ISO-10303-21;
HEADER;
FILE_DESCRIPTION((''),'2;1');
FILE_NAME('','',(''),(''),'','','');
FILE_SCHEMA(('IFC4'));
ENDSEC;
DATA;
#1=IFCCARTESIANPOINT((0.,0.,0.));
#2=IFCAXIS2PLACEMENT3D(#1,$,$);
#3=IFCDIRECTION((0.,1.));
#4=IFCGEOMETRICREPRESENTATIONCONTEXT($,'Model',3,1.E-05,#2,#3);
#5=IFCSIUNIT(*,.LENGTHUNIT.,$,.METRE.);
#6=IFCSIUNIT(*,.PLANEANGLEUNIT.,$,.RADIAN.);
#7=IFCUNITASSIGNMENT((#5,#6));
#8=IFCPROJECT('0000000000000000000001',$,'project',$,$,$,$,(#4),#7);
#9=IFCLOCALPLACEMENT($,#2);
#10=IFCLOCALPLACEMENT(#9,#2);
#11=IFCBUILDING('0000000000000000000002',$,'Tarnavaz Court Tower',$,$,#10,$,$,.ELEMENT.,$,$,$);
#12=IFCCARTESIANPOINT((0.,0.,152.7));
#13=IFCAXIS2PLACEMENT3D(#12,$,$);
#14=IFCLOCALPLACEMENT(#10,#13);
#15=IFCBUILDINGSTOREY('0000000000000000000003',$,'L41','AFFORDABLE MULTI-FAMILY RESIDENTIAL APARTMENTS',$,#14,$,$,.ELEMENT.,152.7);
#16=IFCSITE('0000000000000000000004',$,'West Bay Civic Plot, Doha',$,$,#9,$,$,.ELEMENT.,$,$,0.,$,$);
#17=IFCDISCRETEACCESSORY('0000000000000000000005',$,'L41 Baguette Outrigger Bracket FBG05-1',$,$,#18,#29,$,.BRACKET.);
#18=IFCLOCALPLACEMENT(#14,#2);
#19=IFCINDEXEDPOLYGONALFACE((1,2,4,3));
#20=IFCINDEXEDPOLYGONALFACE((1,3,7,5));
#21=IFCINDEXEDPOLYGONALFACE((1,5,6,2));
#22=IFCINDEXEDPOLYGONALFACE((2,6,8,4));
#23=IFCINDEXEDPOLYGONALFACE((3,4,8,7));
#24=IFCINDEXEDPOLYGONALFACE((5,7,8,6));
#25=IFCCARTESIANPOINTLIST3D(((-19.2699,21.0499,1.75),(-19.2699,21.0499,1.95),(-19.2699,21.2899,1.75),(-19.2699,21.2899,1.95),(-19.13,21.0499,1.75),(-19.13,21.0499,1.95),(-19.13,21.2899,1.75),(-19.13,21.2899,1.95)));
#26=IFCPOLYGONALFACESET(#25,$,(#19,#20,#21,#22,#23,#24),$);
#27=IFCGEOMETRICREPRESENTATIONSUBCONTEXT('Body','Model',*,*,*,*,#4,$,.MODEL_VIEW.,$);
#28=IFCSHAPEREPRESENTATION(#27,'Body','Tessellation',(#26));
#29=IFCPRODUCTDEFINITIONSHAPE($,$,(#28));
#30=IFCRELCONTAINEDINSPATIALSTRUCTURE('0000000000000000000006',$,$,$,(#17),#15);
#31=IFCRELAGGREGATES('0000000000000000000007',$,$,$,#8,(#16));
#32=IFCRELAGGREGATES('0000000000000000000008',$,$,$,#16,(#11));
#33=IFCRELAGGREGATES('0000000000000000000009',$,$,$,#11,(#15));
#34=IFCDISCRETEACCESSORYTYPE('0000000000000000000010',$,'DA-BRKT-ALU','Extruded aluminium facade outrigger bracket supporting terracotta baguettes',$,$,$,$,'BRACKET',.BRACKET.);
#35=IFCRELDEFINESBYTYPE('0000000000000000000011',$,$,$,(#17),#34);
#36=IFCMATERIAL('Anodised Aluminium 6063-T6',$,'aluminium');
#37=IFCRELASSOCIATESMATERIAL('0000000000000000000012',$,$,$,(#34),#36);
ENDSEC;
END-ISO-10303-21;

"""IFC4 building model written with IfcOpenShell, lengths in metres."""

from ifc_helpers import new_model, si_unit, direction, frame, origin, origin_2d, place, context, subcontext, project, spatial, rectangle, extrude, material, type_object, element, save


model = new_model("IFC4")

# Units and contexts
model_context = context("Model", 3, precision=1e-05, world=origin(), true_north=direction((0.0, 1.0)))
body_context = subcontext(model_context, "Body", "Model", "MODEL_VIEW")
ifc_project = project(units=[si_unit("LENGTHUNIT", "METRE"), si_unit("PLANEANGLEUNIT", "RADIAN")], contexts=[model_context])

# Site, building, storey
site_placement = place(None, origin())
site = spatial("IfcSite", under=ifc_project, at=site_placement, Name="West Bay Civic Plot, Doha", CompositionType="ELEMENT", RefElevation=0.0)
building_placement = place(site_placement, origin())
building = spatial("IfcBuilding", under=site, at=building_placement, Name="Tarnavaz Court Tower", CompositionType="ELEMENT")
storey_placement = place(building_placement, frame((0.0, 0.0, 152.7)))
storey = spatial("IfcBuildingStorey", under=building, at=storey_placement, Name="L41", Description="AFFORDABLE MULTI-FAMILY RESIDENTIAL APARTMENTS", CompositionType="ELEMENT", Elevation=152.7)

# Discrete accessory
ifc_material_1 = material(Name="Anodised Aluminium 6063-T6", Category="aluminium")
discrete_accessory_type = type_object("IfcDiscreteAccessoryType", Name="DA-BRKT-ALU", Description="Extruded aluminium facade outrigger bracket supporting terracotta baguettes", ElementType="BRACKET", PredefinedType="BRACKET", material=ifc_material_1)
discrete_accessory_placement = place(storey_placement, frame((-19.2, 21.1699, 1.75), z_axis=(0.0, 0.0, 1.0), x_axis=(1.0, 0.0, 0.0)))
element("IfcDiscreteAccessory", 1, at=discrete_accessory_placement, inside=storey, type_object=discrete_accessory_type, Name="L41 Baguette Outrigger Bracket FBG05-1", PredefinedType="BRACKET", context=body_context, shape_type="SweptSolid", body=[
    extrude(rectangle(XDim=0.1399, YDim=0.24, at=origin_2d()), origin(), (0.0, 0.0, 1.0), 0.2),
])

save(model, "model.ifc")
